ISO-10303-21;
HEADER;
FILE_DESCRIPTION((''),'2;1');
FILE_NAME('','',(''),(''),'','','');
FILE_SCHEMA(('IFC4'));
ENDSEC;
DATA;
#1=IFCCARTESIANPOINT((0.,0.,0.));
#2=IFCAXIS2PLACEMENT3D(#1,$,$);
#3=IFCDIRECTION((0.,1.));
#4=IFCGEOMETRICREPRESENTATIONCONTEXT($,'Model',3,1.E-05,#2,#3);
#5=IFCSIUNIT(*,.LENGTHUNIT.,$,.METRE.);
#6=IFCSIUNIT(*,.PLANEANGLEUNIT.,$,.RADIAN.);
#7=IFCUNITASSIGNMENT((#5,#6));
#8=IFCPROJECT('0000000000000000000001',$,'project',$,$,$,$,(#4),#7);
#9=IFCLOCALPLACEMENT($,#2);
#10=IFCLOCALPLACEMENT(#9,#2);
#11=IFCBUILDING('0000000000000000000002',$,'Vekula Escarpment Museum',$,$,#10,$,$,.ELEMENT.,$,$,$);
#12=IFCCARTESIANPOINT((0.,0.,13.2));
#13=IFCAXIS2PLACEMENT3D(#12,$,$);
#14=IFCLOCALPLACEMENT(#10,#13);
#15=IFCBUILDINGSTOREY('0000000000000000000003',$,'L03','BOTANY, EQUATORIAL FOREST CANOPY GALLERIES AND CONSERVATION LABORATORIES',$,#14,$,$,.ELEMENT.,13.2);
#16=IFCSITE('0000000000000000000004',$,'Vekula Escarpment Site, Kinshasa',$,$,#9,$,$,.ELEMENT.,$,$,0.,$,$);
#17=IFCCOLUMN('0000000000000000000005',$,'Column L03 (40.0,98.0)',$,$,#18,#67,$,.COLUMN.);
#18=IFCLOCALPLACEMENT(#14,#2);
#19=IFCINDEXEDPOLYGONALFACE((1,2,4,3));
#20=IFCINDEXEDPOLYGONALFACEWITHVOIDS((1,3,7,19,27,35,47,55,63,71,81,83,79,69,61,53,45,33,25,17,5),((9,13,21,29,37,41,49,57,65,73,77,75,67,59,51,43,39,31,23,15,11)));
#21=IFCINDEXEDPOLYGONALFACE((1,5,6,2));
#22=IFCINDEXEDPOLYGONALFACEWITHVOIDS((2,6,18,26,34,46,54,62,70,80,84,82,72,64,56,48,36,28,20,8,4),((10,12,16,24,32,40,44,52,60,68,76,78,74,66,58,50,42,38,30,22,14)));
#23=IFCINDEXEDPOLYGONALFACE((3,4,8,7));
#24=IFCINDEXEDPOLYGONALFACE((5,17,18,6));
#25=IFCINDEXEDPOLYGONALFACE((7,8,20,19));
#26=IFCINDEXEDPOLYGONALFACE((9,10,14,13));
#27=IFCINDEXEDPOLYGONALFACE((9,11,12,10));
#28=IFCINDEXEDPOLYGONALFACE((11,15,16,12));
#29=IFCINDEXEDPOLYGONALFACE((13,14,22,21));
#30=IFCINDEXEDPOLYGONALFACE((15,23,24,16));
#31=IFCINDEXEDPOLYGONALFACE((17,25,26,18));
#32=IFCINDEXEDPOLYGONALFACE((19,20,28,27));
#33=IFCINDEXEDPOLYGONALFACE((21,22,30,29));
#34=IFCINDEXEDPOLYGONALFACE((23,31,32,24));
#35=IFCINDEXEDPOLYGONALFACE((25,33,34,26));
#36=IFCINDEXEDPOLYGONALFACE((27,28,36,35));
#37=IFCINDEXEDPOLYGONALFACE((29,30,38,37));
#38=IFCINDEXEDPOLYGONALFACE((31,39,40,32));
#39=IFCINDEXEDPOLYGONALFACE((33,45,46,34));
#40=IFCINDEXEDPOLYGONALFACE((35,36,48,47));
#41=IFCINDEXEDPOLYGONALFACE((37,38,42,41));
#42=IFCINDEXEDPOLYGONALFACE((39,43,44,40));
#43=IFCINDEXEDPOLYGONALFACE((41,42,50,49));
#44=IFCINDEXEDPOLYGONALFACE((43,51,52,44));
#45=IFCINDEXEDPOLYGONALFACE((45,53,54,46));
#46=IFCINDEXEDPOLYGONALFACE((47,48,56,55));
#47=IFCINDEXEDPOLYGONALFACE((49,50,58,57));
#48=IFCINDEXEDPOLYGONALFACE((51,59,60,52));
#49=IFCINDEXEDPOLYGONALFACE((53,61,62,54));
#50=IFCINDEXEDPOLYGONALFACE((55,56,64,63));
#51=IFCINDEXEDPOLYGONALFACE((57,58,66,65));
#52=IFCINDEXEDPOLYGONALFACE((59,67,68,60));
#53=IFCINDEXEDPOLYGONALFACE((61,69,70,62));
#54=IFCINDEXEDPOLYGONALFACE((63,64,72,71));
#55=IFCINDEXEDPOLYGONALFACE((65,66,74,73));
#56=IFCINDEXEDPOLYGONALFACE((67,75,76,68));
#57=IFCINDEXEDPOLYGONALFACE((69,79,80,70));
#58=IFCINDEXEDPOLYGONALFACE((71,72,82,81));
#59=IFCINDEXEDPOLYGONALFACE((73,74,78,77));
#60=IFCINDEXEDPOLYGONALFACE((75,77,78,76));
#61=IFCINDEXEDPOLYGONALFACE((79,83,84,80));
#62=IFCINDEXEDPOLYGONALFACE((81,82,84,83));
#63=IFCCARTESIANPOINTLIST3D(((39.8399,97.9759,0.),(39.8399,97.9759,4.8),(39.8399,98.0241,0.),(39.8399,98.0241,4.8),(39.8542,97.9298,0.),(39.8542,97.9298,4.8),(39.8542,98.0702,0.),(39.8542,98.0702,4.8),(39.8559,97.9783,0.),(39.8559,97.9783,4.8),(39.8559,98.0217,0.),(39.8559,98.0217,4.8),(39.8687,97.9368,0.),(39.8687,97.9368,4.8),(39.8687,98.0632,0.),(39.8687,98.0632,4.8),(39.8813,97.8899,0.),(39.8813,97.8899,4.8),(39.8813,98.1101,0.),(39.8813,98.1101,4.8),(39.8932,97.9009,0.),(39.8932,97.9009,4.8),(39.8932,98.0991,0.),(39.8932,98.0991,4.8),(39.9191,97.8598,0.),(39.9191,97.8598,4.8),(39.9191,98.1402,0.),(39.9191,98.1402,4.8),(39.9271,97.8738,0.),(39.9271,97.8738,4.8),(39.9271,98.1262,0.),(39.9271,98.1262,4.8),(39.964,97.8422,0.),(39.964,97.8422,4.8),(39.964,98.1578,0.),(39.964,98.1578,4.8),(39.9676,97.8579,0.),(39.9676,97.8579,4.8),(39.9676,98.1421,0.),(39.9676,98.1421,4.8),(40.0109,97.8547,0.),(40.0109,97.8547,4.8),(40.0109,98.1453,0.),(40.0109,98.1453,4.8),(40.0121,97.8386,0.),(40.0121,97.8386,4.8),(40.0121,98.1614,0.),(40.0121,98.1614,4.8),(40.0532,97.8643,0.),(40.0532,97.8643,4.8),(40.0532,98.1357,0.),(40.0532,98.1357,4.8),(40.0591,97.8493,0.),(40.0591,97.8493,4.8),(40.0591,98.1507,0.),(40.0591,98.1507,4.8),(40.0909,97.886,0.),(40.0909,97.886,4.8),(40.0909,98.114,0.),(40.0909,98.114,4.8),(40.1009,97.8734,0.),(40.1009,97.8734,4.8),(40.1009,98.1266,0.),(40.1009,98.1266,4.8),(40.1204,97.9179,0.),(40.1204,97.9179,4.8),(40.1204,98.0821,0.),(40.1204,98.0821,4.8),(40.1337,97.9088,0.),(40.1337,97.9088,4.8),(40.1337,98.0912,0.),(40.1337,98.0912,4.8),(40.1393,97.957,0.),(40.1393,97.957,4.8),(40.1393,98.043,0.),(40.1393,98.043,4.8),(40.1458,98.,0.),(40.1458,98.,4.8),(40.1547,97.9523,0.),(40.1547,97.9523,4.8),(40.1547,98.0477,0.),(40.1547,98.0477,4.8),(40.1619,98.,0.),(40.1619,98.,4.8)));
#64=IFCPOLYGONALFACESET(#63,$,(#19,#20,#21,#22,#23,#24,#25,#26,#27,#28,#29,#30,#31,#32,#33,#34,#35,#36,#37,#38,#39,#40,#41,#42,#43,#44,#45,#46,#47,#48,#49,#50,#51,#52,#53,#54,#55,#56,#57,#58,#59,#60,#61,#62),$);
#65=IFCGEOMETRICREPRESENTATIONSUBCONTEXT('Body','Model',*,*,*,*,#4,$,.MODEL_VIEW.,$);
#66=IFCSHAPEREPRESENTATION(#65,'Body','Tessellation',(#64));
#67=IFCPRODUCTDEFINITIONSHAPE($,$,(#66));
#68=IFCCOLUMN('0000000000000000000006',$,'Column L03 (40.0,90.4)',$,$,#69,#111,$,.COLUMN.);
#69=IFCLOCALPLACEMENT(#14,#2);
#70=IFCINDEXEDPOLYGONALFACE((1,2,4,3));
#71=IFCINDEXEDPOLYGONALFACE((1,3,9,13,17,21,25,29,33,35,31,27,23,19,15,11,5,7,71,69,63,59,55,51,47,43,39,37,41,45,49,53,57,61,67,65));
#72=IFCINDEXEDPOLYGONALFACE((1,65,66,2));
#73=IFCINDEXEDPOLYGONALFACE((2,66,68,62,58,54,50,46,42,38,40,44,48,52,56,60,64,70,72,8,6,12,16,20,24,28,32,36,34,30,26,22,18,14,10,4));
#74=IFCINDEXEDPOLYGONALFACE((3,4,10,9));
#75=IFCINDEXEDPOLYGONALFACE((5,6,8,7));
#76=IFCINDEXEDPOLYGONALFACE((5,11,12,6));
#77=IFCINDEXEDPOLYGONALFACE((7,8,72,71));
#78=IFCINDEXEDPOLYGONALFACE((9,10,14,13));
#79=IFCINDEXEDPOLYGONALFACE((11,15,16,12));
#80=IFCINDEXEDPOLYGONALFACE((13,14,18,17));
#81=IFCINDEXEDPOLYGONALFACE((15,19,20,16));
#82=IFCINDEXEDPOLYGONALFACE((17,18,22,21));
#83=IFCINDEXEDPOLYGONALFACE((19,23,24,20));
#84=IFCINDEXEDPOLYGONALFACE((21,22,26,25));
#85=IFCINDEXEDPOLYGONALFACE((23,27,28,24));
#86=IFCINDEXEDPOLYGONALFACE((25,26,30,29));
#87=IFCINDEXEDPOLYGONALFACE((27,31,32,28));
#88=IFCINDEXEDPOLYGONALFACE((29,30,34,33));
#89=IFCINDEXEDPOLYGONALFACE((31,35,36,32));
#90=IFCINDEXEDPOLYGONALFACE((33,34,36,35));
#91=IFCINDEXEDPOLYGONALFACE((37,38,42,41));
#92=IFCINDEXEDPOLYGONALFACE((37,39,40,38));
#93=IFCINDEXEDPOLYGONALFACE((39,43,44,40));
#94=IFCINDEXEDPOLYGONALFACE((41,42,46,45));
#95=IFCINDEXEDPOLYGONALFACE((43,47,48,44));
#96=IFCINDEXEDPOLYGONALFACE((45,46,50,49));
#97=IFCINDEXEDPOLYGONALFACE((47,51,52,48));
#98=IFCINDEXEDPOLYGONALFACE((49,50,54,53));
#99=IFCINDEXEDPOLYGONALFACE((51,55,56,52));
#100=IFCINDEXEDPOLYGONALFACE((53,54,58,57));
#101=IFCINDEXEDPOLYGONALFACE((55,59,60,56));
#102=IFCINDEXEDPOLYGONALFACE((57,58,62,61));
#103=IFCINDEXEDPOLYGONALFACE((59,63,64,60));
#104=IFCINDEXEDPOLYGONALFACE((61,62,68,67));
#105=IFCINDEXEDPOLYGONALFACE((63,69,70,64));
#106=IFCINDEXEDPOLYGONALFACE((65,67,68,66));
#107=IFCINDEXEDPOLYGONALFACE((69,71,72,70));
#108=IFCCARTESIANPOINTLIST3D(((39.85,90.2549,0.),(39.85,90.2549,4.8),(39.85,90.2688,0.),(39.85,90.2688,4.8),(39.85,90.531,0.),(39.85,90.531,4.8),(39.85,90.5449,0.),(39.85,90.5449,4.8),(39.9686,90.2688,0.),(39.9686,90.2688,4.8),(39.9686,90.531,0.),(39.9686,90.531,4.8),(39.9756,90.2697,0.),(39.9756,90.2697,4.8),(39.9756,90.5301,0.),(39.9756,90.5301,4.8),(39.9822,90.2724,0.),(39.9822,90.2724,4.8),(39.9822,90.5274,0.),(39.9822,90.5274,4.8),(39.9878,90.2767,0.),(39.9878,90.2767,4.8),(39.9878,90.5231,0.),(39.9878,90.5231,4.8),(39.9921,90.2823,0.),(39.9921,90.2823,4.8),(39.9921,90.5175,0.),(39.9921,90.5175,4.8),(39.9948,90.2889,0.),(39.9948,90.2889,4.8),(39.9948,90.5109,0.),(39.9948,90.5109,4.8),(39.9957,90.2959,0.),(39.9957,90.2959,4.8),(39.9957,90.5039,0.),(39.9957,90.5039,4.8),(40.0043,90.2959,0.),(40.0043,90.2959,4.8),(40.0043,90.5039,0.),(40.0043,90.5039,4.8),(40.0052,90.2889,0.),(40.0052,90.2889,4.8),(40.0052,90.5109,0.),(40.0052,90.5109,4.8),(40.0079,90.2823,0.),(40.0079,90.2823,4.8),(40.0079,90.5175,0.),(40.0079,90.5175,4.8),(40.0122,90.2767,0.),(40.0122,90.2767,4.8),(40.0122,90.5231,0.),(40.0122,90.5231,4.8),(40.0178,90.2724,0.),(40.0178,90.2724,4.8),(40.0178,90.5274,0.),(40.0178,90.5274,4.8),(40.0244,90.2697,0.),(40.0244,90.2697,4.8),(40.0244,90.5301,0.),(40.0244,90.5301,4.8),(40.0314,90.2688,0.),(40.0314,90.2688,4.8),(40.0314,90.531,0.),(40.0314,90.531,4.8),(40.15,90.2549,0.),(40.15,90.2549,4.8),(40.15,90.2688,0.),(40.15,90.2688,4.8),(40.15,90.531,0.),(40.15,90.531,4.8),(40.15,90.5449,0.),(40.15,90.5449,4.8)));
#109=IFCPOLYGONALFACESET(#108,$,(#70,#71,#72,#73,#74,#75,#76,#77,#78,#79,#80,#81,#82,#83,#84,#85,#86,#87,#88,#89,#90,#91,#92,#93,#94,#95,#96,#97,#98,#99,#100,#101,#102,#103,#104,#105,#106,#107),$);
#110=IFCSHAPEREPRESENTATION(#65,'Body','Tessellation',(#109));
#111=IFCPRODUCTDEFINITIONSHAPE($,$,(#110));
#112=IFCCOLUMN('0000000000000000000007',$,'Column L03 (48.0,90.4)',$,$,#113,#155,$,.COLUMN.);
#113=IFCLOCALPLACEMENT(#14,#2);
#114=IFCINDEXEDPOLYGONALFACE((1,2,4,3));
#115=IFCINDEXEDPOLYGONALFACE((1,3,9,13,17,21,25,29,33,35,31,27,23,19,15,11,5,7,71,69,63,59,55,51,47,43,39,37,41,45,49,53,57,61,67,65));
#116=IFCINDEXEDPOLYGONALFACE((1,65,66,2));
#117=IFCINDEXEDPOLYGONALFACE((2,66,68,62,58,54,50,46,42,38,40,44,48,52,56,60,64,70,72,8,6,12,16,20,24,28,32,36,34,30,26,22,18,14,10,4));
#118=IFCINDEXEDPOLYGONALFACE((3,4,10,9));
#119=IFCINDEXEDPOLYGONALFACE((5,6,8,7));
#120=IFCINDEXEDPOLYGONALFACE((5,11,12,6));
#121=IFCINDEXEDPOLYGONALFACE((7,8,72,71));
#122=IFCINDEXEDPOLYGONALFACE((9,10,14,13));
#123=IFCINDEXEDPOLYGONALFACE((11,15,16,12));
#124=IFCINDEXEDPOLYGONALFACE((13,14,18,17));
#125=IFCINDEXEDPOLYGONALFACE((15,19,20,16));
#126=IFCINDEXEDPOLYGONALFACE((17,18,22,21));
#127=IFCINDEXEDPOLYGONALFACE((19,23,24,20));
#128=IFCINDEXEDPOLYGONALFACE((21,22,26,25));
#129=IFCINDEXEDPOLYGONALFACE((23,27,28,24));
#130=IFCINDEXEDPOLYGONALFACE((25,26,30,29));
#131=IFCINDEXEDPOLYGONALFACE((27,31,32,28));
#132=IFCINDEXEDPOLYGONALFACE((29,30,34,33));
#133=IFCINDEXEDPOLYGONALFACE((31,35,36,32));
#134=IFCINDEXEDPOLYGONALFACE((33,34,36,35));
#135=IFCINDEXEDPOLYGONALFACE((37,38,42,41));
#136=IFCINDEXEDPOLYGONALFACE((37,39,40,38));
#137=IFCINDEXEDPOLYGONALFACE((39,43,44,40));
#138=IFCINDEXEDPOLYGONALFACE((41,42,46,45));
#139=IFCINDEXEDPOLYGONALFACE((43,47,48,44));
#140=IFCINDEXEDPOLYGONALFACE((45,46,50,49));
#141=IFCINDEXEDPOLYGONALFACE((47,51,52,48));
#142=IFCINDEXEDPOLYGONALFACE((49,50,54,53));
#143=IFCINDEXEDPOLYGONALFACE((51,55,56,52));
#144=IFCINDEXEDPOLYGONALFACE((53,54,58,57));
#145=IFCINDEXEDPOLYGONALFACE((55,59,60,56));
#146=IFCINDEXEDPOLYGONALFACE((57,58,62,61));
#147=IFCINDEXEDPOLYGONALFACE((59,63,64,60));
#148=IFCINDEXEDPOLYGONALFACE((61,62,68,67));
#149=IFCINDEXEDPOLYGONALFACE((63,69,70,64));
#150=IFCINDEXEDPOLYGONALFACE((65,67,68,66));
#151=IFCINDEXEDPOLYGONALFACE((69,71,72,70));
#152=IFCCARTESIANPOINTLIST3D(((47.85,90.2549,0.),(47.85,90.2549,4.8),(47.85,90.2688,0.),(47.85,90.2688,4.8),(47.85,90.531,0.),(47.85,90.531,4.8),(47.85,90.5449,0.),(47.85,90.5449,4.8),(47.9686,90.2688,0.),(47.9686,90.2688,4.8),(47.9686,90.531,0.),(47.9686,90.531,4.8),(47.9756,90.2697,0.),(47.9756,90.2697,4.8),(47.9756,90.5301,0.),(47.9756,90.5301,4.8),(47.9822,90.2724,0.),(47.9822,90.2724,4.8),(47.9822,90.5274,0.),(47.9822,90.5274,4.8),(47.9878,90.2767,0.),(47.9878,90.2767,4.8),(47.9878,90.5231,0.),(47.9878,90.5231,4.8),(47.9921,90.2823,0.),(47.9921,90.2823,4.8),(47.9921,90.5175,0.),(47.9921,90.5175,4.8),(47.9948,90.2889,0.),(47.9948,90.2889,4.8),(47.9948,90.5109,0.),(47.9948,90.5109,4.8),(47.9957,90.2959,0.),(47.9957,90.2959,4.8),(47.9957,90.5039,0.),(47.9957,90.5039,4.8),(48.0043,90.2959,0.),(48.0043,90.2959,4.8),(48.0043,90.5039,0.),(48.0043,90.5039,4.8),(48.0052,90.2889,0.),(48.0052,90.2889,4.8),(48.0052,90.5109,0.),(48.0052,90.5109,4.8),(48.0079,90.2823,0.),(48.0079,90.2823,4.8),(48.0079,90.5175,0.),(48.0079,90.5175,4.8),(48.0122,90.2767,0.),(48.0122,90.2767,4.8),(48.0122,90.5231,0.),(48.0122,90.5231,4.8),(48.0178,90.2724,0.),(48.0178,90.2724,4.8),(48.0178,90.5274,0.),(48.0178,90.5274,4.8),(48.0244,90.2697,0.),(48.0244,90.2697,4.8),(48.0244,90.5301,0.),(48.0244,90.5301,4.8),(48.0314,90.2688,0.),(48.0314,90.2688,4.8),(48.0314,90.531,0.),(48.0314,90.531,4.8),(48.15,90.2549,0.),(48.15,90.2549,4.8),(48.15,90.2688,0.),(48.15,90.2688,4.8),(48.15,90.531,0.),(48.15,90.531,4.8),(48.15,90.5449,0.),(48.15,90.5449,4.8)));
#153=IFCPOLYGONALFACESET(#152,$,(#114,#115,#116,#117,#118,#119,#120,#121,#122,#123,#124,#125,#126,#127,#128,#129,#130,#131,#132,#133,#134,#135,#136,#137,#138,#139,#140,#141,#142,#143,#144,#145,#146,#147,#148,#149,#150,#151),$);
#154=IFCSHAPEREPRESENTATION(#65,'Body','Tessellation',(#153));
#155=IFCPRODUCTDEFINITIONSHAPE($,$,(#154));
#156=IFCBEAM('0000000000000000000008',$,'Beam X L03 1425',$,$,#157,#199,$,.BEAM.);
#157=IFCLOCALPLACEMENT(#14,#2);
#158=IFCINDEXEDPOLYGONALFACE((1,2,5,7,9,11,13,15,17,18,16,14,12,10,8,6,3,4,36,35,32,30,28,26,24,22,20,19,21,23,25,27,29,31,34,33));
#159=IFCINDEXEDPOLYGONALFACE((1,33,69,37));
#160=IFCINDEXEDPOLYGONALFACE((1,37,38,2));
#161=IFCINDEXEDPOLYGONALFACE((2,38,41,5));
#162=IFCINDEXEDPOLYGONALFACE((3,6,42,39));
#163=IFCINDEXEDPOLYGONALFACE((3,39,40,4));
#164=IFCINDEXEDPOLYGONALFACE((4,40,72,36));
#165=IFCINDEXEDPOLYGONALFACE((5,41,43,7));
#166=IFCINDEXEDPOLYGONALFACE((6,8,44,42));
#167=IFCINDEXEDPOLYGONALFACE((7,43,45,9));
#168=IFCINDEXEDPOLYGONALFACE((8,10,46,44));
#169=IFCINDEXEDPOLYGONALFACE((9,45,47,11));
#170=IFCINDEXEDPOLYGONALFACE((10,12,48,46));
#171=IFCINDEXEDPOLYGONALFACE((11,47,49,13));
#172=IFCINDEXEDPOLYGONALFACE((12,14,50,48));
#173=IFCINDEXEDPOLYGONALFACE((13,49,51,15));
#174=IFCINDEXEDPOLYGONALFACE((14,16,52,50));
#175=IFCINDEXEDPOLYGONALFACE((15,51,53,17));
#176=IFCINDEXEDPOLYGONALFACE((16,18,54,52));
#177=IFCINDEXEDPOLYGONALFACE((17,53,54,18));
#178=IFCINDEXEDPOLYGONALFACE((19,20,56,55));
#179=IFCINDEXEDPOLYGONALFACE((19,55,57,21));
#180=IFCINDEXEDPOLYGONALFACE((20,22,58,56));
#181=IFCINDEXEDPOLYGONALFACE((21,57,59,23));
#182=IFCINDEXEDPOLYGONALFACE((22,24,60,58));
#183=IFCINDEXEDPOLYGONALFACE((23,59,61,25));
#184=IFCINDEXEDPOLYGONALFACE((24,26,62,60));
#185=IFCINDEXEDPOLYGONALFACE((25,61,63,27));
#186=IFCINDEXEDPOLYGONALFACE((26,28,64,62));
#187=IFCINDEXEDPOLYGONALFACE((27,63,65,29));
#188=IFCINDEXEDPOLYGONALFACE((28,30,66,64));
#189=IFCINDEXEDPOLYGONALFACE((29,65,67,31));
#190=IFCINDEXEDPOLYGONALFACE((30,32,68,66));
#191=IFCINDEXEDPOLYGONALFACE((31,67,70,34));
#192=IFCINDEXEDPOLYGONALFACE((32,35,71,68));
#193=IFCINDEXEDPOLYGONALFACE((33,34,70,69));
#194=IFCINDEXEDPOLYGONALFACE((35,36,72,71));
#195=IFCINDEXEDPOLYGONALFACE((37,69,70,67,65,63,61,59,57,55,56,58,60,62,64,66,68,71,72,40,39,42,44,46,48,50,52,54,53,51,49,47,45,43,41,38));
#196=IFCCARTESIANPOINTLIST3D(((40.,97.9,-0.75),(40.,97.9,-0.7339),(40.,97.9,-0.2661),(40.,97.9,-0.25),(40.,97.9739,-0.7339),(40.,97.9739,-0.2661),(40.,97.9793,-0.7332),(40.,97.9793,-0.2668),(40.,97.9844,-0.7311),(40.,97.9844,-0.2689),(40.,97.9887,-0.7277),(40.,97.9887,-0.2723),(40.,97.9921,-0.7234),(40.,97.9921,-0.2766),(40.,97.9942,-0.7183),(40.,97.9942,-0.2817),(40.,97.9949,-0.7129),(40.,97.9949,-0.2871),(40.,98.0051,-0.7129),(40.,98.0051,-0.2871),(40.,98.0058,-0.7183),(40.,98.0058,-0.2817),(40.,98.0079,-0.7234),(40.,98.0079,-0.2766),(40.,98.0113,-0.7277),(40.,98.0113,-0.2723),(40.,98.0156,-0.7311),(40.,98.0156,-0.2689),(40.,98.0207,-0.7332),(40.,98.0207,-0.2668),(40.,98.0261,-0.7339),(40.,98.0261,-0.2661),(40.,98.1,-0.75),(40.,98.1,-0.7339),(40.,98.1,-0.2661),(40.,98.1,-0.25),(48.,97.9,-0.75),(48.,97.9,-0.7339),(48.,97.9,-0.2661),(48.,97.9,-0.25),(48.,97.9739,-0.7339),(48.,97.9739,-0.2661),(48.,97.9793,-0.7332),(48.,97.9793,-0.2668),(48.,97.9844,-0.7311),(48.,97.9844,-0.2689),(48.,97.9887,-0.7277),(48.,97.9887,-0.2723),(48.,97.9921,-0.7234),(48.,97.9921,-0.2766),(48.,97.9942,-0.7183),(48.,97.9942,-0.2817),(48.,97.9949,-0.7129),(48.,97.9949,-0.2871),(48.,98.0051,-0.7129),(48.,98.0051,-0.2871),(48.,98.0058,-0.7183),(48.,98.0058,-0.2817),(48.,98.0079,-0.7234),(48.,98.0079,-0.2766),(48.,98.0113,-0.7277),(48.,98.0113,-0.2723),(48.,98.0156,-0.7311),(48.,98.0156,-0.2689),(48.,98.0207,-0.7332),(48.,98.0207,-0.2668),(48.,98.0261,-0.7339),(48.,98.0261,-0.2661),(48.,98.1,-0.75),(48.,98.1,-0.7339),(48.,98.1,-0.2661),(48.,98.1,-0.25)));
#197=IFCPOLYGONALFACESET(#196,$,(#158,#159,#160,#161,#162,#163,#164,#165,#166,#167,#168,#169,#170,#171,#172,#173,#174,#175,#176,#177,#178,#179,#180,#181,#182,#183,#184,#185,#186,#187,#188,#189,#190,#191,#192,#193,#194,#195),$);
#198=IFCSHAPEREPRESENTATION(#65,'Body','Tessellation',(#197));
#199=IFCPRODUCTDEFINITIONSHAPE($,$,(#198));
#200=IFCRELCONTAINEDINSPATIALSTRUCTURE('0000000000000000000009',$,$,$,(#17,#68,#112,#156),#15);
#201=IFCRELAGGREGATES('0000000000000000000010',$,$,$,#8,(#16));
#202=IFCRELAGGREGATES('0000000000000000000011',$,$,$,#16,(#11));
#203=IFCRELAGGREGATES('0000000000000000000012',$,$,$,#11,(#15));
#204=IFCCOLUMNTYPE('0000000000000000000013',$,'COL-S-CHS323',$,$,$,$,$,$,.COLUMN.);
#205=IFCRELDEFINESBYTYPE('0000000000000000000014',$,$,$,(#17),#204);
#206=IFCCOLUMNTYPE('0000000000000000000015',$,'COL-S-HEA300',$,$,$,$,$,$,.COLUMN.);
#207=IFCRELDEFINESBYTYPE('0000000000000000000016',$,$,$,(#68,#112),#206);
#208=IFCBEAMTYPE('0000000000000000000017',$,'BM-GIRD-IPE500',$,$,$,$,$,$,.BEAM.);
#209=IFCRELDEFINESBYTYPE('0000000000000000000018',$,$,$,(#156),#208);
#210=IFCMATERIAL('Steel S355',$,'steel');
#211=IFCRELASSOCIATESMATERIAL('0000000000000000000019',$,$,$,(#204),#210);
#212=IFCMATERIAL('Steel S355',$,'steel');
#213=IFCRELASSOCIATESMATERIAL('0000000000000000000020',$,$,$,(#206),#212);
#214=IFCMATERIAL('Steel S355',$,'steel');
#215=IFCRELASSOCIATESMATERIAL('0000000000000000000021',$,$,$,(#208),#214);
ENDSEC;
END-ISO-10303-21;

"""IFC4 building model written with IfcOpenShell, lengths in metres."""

from ifc_helpers import new_model, si_unit, direction, frame, origin, origin_2d, place, context, subcontext, project, spatial, hollow_circle, i_section, extrude, material, material_profile, profile_set, type_object, element, save


model = new_model("IFC4")

# Units and contexts
model_context = context("Model", 3, precision=1e-05, world=origin(), true_north=direction((0.0, 1.0)))
body_context = subcontext(model_context, "Body", "Model", "MODEL_VIEW")
ifc_project = project(units=[si_unit("LENGTHUNIT", "METRE"), si_unit("PLANEANGLEUNIT", "RADIAN")], contexts=[model_context])

# Site, building, storey
site_placement = place(None, origin())
site = spatial("IfcSite", under=ifc_project, at=site_placement, Name="Vekula Escarpment Site, Kinshasa", CompositionType="ELEMENT", RefElevation=0.0)
building_placement = place(site_placement, origin())
building = spatial("IfcBuilding", under=site, at=building_placement, Name="Vekula Escarpment Museum", CompositionType="ELEMENT")
storey_placement = place(building_placement, frame((0.0, 0.0, 13.2)))
storey = spatial("IfcBuildingStorey", under=building, at=storey_placement, Name="L03", Description="BOTANY, EQUATORIAL FOREST CANOPY GALLERIES AND CONSERVATION LABORATORIES", CompositionType="ELEMENT", Elevation=13.2)

# Columns
ifc_material_1 = material(Name="Steel S355", Category="steel")
ifc_material_profile_1 = material_profile(ifc_material_1, hollow_circle(Radius=0.1619, WallThickness=0.0161, at=origin_2d()), Name="CHS 323.9x16")
ifc_profile_set_1 = profile_set([ifc_material_profile_1], Name="Steel S355")
column_type_1 = type_object("IfcColumnType", Name="COL-S-CHS323", PredefinedType="COLUMN", material=ifc_profile_set_1)
column_placement = place(storey_placement, frame((40.0, 98.0, 0.0), z_axis=(0.0, 0.0, 1.0), x_axis=(1.0, 0.0, 0.0)))
element("IfcColumn", 1, at=column_placement, inside=storey, type_object=column_type_1, Name="Column L03 (40.0,98.0)", PredefinedType="COLUMN", context=body_context, shape_type="SweptSolid", body=[
    extrude(hollow_circle(Radius=0.1619, WallThickness=0.0161, at=origin_2d()), origin(), (0.0, 0.0, 1.0), 4.8),
])
ifc_material_2 = material(Name="Steel S355", Category="steel")
ifc_material_profile_2 = material_profile(ifc_material_2, i_section(OverallWidth=0.3, OverallDepth=0.29, WebThickness=0.0085, FlangeThickness=0.0139, FilletRadius=0.0271, at=origin_2d()), Name="HEA 300")
ifc_profile_set_2 = profile_set([ifc_material_profile_2], Name="Steel S355")
column_type_2 = type_object("IfcColumnType", Name="COL-S-HEA300", PredefinedType="COLUMN", material=ifc_profile_set_2)
for number, where, z_axis, x_axis, name in (
    (2, (40.0, 90.3999, 0.0), (0.0, 0.0, 1.0), (1.0, 0.0, 0.0), "Column L03 (40.0,90.4)"),
    (3, (48.0, 90.3999, 0.0), (0.0, 0.0, 1.0), (1.0, 0.0, 0.0), "Column L03 (48.0,90.4)"),
):
    element("IfcColumn", number, at=place(storey_placement, frame(where, z_axis=z_axis, x_axis=x_axis)), inside=storey, type_object=column_type_2, Name=name, PredefinedType="COLUMN", context=body_context, shape_type="SweptSolid", body=[
        extrude(i_section(OverallWidth=0.3, OverallDepth=0.29, WebThickness=0.0085, FlangeThickness=0.0139, FilletRadius=0.0271, at=origin_2d()), origin(), (0.0, 0.0, 1.0), 4.8),
    ])

# Beam
ifc_material_3 = material(Name="Steel S355", Category="steel")
ifc_material_profile_3 = material_profile(ifc_material_3, i_section(OverallWidth=0.2, OverallDepth=0.5, WebThickness=0.0103, FlangeThickness=0.0161, FilletRadius=0.021, at=origin_2d()), Name="IPE 500")
ifc_profile_set_3 = profile_set([ifc_material_profile_3], Name="Steel S355")
beam_type_1 = type_object("IfcBeamType", Name="BM-GIRD-IPE500", PredefinedType="BEAM", material=ifc_profile_set_3)
beam_1_placement = place(storey_placement, frame((40.0, 98.0, -0.5), z_axis=(1.0, 0.0, 0.0), x_axis=(0.0, 1.0, 0.0)))
element("IfcBeam", 4, at=beam_1_placement, inside=storey, type_object=beam_type_1, Name="Beam X L03 1425", PredefinedType="BEAM", context=body_context, shape_type="SweptSolid", body=[
    extrude(i_section(OverallWidth=0.2, OverallDepth=0.5, WebThickness=0.0103, FlangeThickness=0.0161, FilletRadius=0.021, at=origin_2d()), origin(), (0.0, 0.0, 1.0), 8.0),
])

save(model, "model.ifc")
